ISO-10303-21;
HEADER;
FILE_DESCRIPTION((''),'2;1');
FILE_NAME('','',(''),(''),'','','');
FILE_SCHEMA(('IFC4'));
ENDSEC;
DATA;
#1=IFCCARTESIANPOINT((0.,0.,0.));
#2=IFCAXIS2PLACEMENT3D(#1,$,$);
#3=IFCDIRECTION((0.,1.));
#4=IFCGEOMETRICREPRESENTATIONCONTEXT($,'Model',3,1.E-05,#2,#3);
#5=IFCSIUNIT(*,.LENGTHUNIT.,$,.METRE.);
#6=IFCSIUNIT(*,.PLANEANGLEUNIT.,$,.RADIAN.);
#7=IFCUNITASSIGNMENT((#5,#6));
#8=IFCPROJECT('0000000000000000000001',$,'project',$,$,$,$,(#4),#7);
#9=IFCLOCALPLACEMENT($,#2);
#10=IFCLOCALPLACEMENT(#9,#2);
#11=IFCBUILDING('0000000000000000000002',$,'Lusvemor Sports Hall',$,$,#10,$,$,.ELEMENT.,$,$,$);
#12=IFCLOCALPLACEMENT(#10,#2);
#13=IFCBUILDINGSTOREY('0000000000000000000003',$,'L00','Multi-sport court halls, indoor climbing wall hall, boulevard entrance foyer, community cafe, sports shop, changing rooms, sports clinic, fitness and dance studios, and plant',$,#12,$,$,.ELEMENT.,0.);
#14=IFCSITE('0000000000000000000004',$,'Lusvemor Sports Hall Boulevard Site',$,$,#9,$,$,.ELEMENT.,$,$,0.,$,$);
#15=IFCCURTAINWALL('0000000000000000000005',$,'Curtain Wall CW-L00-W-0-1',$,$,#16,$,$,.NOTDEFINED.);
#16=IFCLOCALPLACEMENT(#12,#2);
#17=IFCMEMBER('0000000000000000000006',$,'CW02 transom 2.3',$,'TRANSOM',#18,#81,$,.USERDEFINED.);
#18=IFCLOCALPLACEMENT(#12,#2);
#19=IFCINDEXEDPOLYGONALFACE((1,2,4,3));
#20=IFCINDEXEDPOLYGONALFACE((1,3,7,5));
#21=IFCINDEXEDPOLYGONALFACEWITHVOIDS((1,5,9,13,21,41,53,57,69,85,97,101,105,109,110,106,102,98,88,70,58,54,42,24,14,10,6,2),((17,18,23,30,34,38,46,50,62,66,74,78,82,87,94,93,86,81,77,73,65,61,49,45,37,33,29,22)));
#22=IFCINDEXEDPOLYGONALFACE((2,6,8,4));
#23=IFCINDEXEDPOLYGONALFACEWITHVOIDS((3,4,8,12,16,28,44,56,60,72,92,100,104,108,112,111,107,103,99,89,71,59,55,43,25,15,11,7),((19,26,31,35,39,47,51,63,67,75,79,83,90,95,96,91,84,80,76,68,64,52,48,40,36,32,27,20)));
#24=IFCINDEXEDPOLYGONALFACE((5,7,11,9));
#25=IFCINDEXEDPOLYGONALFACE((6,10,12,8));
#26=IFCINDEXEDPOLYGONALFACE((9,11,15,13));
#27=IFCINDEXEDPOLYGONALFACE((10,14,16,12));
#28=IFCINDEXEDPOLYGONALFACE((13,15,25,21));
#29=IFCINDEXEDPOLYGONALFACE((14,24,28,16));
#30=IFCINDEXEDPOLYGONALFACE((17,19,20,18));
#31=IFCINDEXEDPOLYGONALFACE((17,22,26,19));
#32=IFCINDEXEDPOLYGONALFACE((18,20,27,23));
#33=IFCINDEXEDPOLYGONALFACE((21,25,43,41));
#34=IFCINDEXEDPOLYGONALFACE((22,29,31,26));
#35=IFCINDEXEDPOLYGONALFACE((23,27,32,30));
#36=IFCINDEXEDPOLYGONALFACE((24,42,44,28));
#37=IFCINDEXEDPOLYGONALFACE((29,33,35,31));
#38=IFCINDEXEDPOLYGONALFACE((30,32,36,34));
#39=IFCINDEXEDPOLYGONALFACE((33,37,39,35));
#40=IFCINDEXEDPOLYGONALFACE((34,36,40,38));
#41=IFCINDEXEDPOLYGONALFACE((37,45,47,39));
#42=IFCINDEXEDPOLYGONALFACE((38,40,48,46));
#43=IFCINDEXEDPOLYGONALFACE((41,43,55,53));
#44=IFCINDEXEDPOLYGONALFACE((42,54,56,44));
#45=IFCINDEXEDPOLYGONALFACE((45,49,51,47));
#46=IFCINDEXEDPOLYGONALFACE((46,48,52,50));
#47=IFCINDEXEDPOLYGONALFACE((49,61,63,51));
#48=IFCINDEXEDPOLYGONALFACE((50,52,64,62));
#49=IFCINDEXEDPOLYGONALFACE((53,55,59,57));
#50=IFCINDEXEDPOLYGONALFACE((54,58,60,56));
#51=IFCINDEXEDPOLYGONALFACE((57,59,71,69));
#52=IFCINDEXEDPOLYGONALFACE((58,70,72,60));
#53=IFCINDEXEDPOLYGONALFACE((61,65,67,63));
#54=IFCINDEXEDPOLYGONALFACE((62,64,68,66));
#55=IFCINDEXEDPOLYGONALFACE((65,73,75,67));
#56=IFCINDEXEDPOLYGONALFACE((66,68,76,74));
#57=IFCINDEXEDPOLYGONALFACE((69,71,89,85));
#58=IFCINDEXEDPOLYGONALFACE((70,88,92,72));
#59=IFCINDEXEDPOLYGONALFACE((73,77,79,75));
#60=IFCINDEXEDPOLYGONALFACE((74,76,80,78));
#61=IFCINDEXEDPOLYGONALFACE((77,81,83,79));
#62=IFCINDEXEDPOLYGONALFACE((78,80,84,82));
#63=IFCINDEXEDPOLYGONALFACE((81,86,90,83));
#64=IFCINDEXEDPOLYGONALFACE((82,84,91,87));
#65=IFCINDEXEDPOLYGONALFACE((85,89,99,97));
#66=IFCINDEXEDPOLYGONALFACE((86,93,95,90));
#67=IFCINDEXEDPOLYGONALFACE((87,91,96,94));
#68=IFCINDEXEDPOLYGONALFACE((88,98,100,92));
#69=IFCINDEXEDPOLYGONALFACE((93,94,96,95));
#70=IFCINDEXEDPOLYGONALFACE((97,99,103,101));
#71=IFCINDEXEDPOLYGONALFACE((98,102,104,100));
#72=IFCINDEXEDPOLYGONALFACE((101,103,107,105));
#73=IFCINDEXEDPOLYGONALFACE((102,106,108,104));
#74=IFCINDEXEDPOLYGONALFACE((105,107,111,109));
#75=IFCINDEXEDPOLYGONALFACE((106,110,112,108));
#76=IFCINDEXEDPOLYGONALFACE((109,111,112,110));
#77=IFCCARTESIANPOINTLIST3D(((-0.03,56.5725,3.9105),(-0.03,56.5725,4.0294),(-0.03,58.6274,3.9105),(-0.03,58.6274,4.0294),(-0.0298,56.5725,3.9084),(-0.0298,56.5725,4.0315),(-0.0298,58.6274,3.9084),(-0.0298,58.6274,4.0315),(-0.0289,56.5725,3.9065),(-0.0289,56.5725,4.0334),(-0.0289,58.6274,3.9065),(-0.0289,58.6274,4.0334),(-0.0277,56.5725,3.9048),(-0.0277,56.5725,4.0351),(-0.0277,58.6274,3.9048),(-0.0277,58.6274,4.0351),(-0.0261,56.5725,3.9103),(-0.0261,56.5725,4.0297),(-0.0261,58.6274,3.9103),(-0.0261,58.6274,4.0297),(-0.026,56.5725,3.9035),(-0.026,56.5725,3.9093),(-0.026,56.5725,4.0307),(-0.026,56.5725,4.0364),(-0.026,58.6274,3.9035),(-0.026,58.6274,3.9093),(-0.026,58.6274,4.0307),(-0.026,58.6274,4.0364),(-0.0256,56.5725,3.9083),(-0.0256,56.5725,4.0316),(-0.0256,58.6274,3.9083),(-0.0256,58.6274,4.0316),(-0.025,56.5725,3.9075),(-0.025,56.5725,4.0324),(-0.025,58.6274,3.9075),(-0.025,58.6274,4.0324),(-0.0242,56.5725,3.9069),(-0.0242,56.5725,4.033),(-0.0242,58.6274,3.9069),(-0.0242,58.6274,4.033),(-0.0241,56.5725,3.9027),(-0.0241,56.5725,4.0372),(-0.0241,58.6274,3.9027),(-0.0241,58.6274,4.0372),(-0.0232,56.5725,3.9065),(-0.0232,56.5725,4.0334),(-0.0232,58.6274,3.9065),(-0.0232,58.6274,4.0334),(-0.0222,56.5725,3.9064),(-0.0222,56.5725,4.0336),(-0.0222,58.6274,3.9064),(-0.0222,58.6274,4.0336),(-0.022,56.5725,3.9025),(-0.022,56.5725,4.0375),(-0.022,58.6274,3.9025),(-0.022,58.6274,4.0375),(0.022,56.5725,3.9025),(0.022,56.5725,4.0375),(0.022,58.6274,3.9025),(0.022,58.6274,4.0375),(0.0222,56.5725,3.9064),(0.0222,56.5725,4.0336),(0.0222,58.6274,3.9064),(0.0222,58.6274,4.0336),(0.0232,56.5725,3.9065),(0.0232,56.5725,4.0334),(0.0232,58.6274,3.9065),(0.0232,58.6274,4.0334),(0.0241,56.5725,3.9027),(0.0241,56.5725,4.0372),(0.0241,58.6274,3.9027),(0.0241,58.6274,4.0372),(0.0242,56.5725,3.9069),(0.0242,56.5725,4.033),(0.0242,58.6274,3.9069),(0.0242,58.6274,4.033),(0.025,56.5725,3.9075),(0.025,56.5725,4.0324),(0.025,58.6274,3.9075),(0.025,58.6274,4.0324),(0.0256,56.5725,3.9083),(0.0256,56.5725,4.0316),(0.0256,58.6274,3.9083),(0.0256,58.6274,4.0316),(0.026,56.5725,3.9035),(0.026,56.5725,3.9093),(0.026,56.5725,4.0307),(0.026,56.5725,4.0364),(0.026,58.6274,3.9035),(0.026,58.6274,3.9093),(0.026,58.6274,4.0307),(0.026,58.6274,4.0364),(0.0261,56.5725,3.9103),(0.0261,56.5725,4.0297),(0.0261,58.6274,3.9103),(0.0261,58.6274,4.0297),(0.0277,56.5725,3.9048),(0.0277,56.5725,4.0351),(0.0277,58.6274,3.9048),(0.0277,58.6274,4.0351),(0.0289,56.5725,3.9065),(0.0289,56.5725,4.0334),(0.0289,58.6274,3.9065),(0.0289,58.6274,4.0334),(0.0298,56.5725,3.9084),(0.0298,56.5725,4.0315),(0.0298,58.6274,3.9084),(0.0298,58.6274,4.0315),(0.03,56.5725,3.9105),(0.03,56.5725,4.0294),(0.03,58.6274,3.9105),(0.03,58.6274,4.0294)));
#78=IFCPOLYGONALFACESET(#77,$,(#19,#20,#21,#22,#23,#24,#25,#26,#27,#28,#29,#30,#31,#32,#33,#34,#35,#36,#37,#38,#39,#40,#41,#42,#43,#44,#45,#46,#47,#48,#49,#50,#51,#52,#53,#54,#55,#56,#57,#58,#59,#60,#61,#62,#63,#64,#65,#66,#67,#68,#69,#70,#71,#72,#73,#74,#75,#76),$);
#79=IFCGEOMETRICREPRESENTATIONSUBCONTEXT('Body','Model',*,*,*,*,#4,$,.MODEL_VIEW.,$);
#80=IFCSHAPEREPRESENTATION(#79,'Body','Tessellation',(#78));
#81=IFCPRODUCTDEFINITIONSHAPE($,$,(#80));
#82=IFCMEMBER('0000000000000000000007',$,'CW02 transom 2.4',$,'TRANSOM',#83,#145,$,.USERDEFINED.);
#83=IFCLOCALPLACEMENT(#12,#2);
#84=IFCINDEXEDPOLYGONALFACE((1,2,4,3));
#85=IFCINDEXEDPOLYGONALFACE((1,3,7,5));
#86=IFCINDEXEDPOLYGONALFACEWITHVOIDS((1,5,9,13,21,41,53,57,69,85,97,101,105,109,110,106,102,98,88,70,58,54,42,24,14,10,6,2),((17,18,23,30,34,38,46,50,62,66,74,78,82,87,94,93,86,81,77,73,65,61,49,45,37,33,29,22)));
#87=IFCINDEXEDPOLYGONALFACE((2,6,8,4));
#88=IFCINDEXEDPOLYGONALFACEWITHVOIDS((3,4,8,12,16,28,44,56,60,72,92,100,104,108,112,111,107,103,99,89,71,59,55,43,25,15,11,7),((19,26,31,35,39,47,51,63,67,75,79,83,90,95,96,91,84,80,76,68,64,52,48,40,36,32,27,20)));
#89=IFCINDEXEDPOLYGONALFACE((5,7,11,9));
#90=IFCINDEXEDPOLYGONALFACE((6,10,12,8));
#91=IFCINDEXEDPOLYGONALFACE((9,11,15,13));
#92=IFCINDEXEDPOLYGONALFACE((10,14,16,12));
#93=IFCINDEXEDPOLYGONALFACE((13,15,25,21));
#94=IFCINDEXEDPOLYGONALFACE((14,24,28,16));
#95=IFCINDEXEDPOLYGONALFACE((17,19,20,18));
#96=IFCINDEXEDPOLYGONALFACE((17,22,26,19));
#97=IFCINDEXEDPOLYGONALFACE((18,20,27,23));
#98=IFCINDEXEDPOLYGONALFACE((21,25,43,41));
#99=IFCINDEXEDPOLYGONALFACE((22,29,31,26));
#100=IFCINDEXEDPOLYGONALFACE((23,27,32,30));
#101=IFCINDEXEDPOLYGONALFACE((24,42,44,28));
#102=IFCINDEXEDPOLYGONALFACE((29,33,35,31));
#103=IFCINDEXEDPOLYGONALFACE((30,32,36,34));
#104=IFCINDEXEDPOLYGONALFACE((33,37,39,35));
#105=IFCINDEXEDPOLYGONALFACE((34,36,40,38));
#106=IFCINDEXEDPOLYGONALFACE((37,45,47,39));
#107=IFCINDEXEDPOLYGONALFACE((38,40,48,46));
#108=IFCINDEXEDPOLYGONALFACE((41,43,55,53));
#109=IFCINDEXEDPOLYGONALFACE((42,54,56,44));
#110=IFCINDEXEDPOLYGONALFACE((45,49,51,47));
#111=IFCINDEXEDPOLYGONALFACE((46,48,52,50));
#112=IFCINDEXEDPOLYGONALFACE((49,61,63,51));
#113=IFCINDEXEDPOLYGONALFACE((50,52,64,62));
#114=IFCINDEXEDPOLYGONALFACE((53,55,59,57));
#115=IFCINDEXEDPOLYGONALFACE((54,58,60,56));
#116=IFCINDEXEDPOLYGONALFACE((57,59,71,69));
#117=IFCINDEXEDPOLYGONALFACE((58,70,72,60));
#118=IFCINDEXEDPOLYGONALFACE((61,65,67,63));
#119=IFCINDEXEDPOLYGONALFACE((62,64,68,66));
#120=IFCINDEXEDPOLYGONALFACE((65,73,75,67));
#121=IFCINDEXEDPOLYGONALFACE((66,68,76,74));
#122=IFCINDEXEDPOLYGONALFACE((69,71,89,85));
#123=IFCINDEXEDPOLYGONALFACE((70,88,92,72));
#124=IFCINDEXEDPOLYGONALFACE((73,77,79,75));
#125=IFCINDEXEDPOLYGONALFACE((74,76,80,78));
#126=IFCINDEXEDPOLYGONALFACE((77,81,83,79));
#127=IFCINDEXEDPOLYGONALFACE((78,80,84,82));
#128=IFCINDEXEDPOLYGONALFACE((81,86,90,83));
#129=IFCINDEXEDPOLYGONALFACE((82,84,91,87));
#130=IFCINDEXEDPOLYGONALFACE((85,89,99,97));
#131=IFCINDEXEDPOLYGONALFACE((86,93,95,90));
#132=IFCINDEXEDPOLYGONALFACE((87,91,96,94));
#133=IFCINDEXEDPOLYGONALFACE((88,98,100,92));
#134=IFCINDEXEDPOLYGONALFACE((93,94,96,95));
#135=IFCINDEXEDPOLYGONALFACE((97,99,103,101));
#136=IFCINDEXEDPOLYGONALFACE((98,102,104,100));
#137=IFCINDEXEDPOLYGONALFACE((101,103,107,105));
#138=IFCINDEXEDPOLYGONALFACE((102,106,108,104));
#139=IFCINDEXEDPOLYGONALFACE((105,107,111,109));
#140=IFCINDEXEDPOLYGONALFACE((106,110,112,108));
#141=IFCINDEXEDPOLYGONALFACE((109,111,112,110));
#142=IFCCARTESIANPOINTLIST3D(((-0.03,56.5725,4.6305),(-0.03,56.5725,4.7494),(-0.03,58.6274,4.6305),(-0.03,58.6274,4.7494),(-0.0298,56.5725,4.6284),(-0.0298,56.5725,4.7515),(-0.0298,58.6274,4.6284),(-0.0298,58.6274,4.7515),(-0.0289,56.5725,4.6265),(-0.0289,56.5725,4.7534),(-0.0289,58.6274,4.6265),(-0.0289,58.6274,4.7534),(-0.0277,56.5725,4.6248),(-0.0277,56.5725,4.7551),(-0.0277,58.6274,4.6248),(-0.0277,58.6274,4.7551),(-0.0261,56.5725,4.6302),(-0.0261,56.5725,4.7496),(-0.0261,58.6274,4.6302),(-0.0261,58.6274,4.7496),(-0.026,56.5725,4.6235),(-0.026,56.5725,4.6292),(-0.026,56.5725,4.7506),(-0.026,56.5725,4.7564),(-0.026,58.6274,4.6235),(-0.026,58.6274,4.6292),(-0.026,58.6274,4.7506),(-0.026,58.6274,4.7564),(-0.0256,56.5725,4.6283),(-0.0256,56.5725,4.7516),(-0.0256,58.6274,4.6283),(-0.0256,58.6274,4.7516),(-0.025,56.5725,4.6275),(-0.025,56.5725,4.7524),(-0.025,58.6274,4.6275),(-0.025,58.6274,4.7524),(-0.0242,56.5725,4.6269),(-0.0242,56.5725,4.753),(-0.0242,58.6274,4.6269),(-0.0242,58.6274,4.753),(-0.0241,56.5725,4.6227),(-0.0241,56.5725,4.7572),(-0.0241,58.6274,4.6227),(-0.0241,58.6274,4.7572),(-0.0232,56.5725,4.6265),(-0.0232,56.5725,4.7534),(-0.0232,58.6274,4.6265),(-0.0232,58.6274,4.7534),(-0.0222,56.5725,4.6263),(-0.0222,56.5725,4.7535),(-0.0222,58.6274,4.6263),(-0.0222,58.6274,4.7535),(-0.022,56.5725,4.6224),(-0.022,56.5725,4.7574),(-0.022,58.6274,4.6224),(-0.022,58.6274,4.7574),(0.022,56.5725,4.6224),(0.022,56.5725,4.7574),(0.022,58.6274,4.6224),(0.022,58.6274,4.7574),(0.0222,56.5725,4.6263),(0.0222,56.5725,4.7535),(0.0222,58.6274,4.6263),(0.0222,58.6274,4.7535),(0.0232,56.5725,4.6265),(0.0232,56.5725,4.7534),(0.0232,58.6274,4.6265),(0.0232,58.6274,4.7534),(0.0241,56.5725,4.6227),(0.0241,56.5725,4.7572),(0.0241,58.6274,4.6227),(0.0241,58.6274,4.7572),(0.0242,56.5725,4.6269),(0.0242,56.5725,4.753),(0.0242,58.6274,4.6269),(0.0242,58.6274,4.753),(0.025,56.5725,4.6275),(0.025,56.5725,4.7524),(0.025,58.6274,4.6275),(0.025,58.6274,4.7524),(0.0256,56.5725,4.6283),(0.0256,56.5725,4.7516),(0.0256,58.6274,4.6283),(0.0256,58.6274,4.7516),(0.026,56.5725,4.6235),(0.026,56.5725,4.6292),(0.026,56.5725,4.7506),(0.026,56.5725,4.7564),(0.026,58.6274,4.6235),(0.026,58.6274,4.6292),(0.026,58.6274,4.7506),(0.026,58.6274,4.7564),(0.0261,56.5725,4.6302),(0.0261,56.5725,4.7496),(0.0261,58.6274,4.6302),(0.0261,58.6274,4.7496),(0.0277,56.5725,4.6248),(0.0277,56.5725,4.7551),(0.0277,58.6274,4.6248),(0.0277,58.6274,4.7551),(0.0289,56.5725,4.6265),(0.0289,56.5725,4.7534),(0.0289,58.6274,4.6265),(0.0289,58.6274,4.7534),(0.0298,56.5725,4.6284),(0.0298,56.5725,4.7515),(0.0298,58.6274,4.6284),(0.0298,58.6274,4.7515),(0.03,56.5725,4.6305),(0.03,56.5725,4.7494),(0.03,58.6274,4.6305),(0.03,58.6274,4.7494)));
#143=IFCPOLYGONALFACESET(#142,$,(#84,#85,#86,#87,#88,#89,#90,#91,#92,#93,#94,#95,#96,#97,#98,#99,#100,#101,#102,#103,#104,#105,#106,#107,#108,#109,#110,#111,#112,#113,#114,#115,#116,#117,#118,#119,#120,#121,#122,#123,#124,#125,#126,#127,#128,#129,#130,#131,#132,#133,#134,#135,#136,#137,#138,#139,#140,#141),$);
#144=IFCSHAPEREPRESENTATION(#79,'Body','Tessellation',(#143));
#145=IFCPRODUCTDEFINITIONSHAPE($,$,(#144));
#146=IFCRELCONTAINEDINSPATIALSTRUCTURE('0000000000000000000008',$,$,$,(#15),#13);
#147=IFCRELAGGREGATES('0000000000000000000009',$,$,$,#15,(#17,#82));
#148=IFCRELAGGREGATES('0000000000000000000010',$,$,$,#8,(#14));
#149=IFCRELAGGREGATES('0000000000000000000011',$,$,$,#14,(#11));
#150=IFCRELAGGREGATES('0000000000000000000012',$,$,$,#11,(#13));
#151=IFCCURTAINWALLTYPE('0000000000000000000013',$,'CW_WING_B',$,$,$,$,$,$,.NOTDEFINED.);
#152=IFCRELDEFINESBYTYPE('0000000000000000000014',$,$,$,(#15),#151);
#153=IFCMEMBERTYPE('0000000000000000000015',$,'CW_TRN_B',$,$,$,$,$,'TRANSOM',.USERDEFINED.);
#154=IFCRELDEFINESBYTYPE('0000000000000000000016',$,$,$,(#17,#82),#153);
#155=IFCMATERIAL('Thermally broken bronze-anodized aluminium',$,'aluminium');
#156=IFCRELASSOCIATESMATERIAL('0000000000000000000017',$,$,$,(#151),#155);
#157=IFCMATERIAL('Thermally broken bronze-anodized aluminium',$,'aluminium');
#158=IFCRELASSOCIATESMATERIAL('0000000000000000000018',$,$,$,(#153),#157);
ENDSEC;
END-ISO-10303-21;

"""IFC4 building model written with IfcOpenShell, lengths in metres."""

from ifc_helpers import new_model, si_unit, direction, frame, origin, origin_2d, place, context, subcontext, project, spatial, hollow_rectangle, extrude, material, material_profile, profile_set, type_object, element, aggregate, save


model = new_model("IFC4")

# Units and contexts
model_context = context("Model", 3, precision=1e-05, world=origin(), true_north=direction((0.0, 1.0)))
body_context = subcontext(model_context, "Body", "Model", "MODEL_VIEW")
ifc_project = project(units=[si_unit("LENGTHUNIT", "METRE"), si_unit("PLANEANGLEUNIT", "RADIAN")], contexts=[model_context])

# Site, building, storey
site_placement = place(None, origin())
site = spatial("IfcSite", under=ifc_project, at=site_placement, Name="Lusvemor Sports Hall Boulevard Site", CompositionType="ELEMENT", RefElevation=0.0)
building_placement = place(site_placement, origin())
building = spatial("IfcBuilding", under=site, at=building_placement, Name="Lusvemor Sports Hall", CompositionType="ELEMENT")
storey_placement = place(building_placement, origin())
storey = spatial("IfcBuildingStorey", under=building, at=storey_placement, Name="L00", Description="Multi-sport court halls, indoor climbing wall hall, boulevard entrance foyer, community cafe, sports shop, changing rooms, sports clinic, fitness and dance studios, and plant", CompositionType="ELEMENT", Elevation=0.0)

# Curtain wall, members
ifc_material_1 = material(Name="Thermally broken bronze-anodized aluminium", Category="aluminium")
curtain_wall_type = type_object("IfcCurtainWallType", Name="CW_WING_B", PredefinedType="NOTDEFINED", material=ifc_material_1)
curtain_wall_placement = place(storey_placement, origin())
curtain_wall = element("IfcCurtainWall", 1, at=curtain_wall_placement, inside=storey, type_object=curtain_wall_type, Name="Curtain Wall CW-L00-W-0-1", PredefinedType="NOTDEFINED")
ifc_material_2 = material(Name="Thermally broken bronze-anodized aluminium", Category="aluminium")
ifc_material_profile_1 = material_profile(ifc_material_2, hollow_rectangle(XDim=0.0601, YDim=0.135, WallThickness=0.0039, InnerFilletRadius=0.0039, OuterFilletRadius=0.0081, at=origin_2d()), Name="CWTRN135x60x4")
ifc_profile_set_1 = profile_set([ifc_material_profile_1], Name="Thermally broken bronze-anodized aluminium")
member_type_1 = type_object("IfcMemberType", Name="CW_TRN_B", ElementType="TRANSOM", PredefinedType="USERDEFINED", material=ifc_profile_set_1)
member_1_placement = place(storey_placement, frame((0.0, 56.5725, 3.97), z_axis=(0.0, 1.0, 0.0), x_axis=(-1.0, 0.0, 0.0)))
member_1 = element("IfcMember", 2, at=member_1_placement, type_object=member_type_1, Name="CW02 transom 2.3", ObjectType="TRANSOM", PredefinedType="USERDEFINED", context=body_context, shape_type="SweptSolid", body=[
    extrude(hollow_rectangle(XDim=0.0601, YDim=0.135, WallThickness=0.0039, InnerFilletRadius=0.0039, OuterFilletRadius=0.0081, at=origin_2d()), origin(), (0.0, 0.0, 1.0), 2.0549),
])
member_2_placement = place(storey_placement, frame((0.0, 56.5725, 4.6899), z_axis=(0.0, 1.0, 0.0), x_axis=(-1.0, 0.0, 0.0)))
member_2 = element("IfcMember", 3, at=member_2_placement, type_object=member_type_1, Name="CW02 transom 2.4", ObjectType="TRANSOM", PredefinedType="USERDEFINED", context=body_context, shape_type="SweptSolid", body=[
    extrude(hollow_rectangle(XDim=0.0601, YDim=0.135, WallThickness=0.0039, InnerFilletRadius=0.0039, OuterFilletRadius=0.0081, at=origin_2d()), origin(), (0.0, 0.0, 1.0), 2.0549),
])
aggregate(curtain_wall, [member_1, member_2])

save(model, "model.ifc")
